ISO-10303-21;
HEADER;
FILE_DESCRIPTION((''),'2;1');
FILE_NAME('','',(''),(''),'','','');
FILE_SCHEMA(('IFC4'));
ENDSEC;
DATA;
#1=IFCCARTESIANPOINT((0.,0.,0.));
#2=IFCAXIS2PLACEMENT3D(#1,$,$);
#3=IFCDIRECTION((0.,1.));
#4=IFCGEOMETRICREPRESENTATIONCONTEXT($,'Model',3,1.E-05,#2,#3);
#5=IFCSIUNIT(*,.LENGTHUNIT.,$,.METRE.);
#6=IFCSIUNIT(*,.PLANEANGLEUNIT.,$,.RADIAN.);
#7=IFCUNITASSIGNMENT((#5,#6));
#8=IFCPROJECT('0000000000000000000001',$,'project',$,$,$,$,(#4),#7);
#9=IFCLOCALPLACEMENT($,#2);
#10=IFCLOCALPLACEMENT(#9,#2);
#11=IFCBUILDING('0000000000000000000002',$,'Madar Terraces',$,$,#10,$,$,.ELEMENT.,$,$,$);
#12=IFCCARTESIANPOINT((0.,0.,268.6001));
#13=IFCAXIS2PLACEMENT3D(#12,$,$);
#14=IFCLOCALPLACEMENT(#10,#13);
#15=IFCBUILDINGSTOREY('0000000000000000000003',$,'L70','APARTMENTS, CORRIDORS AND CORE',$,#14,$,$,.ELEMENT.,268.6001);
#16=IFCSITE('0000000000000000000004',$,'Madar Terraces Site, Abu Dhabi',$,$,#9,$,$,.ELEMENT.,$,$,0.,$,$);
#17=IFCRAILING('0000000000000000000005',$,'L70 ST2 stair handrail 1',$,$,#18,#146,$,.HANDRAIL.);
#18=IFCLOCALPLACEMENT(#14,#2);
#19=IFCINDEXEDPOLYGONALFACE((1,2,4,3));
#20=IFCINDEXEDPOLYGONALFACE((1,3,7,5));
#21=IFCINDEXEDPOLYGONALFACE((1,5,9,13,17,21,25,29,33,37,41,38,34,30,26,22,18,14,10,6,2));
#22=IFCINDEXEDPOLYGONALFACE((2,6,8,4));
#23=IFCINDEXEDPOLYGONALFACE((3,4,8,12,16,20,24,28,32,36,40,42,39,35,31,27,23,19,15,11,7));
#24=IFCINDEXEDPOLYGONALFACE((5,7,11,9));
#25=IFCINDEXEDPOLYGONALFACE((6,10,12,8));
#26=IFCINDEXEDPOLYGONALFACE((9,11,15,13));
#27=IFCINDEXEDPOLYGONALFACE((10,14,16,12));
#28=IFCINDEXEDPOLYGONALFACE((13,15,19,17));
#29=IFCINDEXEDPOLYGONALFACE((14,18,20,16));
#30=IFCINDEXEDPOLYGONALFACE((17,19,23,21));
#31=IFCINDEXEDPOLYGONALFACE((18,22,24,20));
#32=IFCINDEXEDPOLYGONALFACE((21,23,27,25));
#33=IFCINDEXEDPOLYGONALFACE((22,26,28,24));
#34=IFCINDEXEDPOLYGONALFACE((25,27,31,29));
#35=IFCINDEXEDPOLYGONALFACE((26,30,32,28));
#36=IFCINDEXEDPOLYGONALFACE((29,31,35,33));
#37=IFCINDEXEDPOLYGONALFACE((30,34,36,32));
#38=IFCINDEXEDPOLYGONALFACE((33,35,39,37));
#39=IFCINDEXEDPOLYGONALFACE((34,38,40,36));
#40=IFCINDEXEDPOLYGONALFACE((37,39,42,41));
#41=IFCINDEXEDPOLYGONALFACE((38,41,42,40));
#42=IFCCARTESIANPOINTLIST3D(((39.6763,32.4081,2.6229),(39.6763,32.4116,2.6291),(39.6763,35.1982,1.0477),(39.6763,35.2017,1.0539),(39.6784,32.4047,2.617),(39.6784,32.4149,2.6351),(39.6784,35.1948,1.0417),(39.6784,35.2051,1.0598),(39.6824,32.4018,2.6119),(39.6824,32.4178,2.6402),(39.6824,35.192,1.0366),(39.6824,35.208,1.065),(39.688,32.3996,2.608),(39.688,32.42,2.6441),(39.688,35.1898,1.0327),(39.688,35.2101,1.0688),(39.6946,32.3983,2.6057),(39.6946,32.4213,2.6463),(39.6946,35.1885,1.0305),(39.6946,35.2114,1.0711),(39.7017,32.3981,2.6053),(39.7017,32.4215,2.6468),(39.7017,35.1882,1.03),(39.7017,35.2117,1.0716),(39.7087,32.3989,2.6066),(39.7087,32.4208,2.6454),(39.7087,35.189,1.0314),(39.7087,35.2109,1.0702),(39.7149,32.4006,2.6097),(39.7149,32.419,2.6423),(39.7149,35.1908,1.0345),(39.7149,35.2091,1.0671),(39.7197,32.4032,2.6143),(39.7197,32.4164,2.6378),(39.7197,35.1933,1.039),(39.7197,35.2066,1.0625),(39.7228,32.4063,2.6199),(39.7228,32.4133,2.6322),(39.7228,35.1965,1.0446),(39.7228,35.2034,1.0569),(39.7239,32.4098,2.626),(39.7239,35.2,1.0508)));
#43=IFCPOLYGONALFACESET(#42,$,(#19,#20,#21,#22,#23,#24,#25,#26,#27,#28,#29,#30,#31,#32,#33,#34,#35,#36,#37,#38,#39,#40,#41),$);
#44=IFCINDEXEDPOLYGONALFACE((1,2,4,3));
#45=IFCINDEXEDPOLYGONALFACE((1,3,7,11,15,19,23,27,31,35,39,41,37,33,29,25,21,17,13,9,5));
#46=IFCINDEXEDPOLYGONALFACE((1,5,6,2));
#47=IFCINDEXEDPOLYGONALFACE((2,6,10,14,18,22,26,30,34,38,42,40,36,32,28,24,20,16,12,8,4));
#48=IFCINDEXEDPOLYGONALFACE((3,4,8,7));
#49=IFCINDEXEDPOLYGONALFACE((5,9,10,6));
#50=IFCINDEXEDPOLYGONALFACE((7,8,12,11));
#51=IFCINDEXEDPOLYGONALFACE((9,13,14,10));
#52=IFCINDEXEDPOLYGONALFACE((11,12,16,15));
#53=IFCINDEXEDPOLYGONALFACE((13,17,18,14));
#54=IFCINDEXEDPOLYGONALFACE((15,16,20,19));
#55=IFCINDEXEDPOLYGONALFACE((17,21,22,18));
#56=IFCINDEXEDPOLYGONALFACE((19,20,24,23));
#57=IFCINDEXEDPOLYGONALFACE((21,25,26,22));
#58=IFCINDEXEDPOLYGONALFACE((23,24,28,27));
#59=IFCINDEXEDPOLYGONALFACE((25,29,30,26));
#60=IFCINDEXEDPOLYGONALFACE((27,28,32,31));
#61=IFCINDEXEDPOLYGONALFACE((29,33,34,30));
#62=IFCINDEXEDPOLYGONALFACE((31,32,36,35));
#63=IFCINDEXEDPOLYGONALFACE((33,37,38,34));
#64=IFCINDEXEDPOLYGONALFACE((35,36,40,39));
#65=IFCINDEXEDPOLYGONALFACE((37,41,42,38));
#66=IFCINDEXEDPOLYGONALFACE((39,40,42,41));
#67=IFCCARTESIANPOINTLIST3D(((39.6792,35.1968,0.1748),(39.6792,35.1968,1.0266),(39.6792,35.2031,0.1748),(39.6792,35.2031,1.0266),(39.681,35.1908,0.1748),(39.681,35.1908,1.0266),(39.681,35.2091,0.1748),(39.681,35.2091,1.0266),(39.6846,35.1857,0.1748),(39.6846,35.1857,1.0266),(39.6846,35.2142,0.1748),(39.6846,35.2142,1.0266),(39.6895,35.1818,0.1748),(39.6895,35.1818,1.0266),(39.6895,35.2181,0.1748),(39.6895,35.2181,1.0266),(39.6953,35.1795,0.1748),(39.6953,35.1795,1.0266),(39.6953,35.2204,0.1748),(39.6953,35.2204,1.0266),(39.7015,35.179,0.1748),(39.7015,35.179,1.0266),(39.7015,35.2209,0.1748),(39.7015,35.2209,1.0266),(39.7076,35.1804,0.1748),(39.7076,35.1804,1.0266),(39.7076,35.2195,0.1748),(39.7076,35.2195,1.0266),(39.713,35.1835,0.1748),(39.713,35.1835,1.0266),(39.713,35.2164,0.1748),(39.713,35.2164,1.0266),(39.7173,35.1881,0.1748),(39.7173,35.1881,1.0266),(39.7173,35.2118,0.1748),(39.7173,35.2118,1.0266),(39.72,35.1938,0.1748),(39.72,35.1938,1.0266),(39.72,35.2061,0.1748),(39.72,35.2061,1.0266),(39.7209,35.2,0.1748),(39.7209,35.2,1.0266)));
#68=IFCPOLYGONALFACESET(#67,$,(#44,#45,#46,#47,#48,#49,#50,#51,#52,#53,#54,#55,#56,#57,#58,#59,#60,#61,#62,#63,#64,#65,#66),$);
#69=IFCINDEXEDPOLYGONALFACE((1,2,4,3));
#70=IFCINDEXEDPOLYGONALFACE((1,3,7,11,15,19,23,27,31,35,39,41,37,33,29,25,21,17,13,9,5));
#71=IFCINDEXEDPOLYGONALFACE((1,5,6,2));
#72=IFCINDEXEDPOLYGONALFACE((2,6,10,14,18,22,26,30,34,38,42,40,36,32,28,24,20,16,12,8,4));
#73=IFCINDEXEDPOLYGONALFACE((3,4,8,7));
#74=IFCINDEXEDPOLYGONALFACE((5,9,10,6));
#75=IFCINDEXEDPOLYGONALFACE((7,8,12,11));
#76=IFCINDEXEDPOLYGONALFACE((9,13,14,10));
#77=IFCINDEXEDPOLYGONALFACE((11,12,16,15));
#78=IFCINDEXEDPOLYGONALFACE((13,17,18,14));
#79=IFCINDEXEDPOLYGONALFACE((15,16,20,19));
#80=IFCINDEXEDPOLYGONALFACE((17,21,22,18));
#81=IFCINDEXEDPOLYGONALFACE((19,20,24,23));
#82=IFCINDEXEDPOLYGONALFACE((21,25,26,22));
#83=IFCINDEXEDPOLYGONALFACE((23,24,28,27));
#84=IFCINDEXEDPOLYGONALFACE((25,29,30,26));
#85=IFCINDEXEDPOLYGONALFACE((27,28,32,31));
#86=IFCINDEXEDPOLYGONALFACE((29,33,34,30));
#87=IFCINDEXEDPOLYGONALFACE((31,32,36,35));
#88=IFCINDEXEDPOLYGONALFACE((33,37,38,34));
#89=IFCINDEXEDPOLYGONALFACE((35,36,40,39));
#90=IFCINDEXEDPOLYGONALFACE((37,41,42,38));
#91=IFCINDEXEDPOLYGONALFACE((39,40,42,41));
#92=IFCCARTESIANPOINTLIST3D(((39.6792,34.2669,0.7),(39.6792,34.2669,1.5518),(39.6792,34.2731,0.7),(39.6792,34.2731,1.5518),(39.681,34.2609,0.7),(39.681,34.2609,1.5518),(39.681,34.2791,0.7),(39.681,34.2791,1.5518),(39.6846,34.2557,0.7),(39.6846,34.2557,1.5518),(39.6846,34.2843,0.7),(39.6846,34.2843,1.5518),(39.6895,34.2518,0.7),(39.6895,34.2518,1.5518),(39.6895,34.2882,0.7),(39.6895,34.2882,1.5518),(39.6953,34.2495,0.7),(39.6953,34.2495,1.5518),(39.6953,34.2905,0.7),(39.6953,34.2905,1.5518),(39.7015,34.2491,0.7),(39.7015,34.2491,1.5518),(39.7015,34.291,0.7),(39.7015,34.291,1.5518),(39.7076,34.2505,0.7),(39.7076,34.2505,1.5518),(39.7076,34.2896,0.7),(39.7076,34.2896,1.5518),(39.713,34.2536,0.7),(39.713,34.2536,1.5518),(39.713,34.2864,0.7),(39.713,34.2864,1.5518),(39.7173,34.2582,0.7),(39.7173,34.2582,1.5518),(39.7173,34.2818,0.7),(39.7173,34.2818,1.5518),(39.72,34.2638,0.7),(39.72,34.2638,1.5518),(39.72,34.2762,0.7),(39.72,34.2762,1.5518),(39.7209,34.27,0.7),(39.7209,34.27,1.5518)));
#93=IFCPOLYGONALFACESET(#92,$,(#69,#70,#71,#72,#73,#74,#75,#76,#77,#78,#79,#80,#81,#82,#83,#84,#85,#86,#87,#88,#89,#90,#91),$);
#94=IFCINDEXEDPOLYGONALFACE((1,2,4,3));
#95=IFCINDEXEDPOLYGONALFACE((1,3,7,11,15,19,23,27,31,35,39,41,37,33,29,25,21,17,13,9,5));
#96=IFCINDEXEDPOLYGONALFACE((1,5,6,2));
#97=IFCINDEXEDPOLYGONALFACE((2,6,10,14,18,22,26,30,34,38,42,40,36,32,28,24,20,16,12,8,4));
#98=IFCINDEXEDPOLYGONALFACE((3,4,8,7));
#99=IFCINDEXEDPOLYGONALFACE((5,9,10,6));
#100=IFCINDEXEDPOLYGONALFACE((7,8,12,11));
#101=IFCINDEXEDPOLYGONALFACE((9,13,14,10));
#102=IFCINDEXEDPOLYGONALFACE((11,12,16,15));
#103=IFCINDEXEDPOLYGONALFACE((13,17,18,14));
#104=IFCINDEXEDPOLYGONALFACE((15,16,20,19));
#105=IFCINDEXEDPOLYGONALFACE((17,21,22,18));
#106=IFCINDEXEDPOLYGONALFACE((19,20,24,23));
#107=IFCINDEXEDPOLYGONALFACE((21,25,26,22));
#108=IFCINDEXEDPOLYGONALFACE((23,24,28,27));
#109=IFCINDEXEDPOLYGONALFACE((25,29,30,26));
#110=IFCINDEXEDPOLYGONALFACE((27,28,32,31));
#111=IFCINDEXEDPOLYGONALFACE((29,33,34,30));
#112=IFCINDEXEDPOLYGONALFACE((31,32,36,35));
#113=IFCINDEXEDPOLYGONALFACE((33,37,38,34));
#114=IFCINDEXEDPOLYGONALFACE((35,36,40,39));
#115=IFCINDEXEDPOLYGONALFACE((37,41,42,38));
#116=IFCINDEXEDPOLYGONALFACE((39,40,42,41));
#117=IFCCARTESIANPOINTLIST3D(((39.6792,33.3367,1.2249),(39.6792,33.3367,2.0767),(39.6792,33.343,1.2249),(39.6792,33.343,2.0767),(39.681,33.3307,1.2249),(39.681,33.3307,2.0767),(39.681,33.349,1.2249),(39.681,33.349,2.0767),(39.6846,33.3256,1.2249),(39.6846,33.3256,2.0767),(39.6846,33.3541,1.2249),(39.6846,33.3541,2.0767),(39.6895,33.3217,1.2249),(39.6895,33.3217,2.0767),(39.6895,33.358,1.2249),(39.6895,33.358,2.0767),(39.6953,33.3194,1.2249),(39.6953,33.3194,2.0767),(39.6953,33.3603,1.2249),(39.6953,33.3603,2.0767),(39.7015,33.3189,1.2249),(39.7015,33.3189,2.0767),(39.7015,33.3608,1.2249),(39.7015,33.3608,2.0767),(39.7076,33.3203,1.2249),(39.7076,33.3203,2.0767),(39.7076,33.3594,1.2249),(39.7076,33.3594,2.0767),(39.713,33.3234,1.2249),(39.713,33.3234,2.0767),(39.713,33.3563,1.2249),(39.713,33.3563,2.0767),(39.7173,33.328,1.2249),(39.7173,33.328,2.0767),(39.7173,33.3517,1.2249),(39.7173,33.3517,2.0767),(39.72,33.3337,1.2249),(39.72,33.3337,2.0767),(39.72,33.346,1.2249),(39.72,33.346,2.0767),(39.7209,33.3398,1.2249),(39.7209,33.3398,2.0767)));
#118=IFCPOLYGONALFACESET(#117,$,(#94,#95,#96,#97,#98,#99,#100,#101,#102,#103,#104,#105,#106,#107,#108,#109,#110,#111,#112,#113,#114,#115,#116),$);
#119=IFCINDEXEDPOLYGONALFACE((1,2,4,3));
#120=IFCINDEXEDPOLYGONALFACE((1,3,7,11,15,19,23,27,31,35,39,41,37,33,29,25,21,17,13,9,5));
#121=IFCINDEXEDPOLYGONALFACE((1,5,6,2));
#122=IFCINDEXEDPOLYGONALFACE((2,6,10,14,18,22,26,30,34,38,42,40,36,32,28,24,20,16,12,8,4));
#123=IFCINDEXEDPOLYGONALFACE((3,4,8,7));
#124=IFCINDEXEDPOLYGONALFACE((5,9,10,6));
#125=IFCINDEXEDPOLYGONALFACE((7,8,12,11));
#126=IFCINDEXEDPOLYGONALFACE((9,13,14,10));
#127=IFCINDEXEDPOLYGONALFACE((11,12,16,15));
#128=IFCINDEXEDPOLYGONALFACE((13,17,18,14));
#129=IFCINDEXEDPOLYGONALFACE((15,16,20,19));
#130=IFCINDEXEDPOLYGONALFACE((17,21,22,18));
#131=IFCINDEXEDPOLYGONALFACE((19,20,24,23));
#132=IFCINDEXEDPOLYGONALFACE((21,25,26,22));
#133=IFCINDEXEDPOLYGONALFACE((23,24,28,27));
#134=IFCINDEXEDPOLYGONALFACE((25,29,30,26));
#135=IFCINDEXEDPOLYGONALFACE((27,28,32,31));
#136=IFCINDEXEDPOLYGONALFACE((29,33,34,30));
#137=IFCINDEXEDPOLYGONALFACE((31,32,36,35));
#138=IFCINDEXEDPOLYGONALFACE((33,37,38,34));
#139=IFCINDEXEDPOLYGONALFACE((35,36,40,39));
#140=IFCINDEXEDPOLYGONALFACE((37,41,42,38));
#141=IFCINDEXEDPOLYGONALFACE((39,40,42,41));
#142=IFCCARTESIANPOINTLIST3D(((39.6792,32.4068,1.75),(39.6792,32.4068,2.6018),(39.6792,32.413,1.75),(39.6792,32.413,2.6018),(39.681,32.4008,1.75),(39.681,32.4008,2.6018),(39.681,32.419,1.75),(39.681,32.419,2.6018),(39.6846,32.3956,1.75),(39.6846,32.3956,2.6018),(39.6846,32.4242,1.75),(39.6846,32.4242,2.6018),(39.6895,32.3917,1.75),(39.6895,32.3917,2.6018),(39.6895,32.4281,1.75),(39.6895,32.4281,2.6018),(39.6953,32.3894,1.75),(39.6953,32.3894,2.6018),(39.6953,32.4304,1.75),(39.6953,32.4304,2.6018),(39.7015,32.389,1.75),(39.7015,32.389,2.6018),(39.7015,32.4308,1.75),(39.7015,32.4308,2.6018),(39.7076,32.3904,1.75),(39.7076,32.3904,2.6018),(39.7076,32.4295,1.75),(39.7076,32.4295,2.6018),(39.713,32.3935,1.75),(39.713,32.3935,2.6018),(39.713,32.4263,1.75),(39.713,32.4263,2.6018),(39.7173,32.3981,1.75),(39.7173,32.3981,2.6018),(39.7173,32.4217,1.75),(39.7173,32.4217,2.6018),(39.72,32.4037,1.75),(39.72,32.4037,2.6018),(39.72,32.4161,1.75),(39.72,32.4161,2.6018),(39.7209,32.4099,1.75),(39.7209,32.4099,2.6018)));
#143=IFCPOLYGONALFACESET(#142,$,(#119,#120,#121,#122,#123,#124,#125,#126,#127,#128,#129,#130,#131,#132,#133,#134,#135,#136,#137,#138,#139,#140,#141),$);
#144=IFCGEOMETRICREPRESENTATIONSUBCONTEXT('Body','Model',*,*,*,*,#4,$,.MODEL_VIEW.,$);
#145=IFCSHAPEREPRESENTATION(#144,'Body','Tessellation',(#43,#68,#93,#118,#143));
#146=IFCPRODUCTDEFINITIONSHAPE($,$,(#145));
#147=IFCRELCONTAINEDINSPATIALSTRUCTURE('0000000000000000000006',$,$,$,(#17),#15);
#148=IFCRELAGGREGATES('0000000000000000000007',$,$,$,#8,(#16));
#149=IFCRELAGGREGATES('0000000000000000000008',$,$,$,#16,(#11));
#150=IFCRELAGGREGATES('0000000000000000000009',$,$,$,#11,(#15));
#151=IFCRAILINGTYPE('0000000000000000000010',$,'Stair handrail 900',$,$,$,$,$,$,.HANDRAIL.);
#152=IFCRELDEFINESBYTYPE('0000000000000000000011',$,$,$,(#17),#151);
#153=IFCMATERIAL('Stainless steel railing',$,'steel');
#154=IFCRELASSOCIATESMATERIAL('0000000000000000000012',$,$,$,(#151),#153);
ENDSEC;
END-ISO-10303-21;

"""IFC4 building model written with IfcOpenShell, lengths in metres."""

from ifc_helpers import new_model, si_unit, direction, frame, origin, origin_2d, place, context, subcontext, project, spatial, circle, extrude, material, type_object, element, save


model = new_model("IFC4")

# Units and contexts
model_context = context("Model", 3, precision=1e-05, world=origin(), true_north=direction((0.0, 1.0)))
body_context = subcontext(model_context, "Body", "Model", "MODEL_VIEW")
ifc_project = project(units=[si_unit("LENGTHUNIT", "METRE"), si_unit("PLANEANGLEUNIT", "RADIAN")], contexts=[model_context])

# Site, building, storey
site_placement = place(None, origin())
site = spatial("IfcSite", under=ifc_project, at=site_placement, Name="Madar Terraces Site, Abu Dhabi", CompositionType="ELEMENT", RefElevation=0.0)
building_placement = place(site_placement, origin())
building = spatial("IfcBuilding", under=site, at=building_placement, Name="Madar Terraces", CompositionType="ELEMENT")
storey_placement = place(building_placement, frame((0.0, 0.0, 268.6001)))
storey = spatial("IfcBuildingStorey", under=building, at=storey_placement, Name="L70", Description="APARTMENTS, CORRIDORS AND CORE", CompositionType="ELEMENT", Elevation=268.6001)

# Railing
ifc_material_1 = material(Name="Stainless steel railing", Category="steel")
railing_type_1 = type_object("IfcRailingType", Name="Stair handrail 900", PredefinedType="HANDRAIL", material=ifc_material_1)
railing_1_placement = place(storey_placement, frame((39.7, 35.2, 0.1748)))
element("IfcRailing", 1, at=railing_1_placement, inside=storey, type_object=railing_type_1, Name="L70 ST2 stair handrail 1", PredefinedType="HANDRAIL", context=body_context, shape_type="SweptSolid", body=[
    extrude(circle(Radius=0.0239, at=origin_2d()), frame((0.0, 0.0, 0.876), z_axis=(0.0, -0.870801, 0.491635), x_axis=(1.0, 0.0, 0.0)), (0.0, 0.0, 1.0), 3.2041),
    extrude(circle(Radius=0.021, at=origin_2d()), origin(), (0.0, 0.0, 1.0), 0.8518),
    extrude(circle(Radius=0.021, at=origin_2d()), frame((0.0, -0.9299, 0.5251)), (0.0, 0.0, 1.0), 0.8518),
    extrude(circle(Radius=0.021, at=origin_2d()), frame((0.0, -1.8601, 1.05)), (0.0, 0.0, 1.0), 0.8518),
    extrude(circle(Radius=0.021, at=origin_2d()), frame((0.0, -2.79, 1.5752)), (0.0, 0.0, 1.0), 0.8518),
])

save(model, "model.ifc")
